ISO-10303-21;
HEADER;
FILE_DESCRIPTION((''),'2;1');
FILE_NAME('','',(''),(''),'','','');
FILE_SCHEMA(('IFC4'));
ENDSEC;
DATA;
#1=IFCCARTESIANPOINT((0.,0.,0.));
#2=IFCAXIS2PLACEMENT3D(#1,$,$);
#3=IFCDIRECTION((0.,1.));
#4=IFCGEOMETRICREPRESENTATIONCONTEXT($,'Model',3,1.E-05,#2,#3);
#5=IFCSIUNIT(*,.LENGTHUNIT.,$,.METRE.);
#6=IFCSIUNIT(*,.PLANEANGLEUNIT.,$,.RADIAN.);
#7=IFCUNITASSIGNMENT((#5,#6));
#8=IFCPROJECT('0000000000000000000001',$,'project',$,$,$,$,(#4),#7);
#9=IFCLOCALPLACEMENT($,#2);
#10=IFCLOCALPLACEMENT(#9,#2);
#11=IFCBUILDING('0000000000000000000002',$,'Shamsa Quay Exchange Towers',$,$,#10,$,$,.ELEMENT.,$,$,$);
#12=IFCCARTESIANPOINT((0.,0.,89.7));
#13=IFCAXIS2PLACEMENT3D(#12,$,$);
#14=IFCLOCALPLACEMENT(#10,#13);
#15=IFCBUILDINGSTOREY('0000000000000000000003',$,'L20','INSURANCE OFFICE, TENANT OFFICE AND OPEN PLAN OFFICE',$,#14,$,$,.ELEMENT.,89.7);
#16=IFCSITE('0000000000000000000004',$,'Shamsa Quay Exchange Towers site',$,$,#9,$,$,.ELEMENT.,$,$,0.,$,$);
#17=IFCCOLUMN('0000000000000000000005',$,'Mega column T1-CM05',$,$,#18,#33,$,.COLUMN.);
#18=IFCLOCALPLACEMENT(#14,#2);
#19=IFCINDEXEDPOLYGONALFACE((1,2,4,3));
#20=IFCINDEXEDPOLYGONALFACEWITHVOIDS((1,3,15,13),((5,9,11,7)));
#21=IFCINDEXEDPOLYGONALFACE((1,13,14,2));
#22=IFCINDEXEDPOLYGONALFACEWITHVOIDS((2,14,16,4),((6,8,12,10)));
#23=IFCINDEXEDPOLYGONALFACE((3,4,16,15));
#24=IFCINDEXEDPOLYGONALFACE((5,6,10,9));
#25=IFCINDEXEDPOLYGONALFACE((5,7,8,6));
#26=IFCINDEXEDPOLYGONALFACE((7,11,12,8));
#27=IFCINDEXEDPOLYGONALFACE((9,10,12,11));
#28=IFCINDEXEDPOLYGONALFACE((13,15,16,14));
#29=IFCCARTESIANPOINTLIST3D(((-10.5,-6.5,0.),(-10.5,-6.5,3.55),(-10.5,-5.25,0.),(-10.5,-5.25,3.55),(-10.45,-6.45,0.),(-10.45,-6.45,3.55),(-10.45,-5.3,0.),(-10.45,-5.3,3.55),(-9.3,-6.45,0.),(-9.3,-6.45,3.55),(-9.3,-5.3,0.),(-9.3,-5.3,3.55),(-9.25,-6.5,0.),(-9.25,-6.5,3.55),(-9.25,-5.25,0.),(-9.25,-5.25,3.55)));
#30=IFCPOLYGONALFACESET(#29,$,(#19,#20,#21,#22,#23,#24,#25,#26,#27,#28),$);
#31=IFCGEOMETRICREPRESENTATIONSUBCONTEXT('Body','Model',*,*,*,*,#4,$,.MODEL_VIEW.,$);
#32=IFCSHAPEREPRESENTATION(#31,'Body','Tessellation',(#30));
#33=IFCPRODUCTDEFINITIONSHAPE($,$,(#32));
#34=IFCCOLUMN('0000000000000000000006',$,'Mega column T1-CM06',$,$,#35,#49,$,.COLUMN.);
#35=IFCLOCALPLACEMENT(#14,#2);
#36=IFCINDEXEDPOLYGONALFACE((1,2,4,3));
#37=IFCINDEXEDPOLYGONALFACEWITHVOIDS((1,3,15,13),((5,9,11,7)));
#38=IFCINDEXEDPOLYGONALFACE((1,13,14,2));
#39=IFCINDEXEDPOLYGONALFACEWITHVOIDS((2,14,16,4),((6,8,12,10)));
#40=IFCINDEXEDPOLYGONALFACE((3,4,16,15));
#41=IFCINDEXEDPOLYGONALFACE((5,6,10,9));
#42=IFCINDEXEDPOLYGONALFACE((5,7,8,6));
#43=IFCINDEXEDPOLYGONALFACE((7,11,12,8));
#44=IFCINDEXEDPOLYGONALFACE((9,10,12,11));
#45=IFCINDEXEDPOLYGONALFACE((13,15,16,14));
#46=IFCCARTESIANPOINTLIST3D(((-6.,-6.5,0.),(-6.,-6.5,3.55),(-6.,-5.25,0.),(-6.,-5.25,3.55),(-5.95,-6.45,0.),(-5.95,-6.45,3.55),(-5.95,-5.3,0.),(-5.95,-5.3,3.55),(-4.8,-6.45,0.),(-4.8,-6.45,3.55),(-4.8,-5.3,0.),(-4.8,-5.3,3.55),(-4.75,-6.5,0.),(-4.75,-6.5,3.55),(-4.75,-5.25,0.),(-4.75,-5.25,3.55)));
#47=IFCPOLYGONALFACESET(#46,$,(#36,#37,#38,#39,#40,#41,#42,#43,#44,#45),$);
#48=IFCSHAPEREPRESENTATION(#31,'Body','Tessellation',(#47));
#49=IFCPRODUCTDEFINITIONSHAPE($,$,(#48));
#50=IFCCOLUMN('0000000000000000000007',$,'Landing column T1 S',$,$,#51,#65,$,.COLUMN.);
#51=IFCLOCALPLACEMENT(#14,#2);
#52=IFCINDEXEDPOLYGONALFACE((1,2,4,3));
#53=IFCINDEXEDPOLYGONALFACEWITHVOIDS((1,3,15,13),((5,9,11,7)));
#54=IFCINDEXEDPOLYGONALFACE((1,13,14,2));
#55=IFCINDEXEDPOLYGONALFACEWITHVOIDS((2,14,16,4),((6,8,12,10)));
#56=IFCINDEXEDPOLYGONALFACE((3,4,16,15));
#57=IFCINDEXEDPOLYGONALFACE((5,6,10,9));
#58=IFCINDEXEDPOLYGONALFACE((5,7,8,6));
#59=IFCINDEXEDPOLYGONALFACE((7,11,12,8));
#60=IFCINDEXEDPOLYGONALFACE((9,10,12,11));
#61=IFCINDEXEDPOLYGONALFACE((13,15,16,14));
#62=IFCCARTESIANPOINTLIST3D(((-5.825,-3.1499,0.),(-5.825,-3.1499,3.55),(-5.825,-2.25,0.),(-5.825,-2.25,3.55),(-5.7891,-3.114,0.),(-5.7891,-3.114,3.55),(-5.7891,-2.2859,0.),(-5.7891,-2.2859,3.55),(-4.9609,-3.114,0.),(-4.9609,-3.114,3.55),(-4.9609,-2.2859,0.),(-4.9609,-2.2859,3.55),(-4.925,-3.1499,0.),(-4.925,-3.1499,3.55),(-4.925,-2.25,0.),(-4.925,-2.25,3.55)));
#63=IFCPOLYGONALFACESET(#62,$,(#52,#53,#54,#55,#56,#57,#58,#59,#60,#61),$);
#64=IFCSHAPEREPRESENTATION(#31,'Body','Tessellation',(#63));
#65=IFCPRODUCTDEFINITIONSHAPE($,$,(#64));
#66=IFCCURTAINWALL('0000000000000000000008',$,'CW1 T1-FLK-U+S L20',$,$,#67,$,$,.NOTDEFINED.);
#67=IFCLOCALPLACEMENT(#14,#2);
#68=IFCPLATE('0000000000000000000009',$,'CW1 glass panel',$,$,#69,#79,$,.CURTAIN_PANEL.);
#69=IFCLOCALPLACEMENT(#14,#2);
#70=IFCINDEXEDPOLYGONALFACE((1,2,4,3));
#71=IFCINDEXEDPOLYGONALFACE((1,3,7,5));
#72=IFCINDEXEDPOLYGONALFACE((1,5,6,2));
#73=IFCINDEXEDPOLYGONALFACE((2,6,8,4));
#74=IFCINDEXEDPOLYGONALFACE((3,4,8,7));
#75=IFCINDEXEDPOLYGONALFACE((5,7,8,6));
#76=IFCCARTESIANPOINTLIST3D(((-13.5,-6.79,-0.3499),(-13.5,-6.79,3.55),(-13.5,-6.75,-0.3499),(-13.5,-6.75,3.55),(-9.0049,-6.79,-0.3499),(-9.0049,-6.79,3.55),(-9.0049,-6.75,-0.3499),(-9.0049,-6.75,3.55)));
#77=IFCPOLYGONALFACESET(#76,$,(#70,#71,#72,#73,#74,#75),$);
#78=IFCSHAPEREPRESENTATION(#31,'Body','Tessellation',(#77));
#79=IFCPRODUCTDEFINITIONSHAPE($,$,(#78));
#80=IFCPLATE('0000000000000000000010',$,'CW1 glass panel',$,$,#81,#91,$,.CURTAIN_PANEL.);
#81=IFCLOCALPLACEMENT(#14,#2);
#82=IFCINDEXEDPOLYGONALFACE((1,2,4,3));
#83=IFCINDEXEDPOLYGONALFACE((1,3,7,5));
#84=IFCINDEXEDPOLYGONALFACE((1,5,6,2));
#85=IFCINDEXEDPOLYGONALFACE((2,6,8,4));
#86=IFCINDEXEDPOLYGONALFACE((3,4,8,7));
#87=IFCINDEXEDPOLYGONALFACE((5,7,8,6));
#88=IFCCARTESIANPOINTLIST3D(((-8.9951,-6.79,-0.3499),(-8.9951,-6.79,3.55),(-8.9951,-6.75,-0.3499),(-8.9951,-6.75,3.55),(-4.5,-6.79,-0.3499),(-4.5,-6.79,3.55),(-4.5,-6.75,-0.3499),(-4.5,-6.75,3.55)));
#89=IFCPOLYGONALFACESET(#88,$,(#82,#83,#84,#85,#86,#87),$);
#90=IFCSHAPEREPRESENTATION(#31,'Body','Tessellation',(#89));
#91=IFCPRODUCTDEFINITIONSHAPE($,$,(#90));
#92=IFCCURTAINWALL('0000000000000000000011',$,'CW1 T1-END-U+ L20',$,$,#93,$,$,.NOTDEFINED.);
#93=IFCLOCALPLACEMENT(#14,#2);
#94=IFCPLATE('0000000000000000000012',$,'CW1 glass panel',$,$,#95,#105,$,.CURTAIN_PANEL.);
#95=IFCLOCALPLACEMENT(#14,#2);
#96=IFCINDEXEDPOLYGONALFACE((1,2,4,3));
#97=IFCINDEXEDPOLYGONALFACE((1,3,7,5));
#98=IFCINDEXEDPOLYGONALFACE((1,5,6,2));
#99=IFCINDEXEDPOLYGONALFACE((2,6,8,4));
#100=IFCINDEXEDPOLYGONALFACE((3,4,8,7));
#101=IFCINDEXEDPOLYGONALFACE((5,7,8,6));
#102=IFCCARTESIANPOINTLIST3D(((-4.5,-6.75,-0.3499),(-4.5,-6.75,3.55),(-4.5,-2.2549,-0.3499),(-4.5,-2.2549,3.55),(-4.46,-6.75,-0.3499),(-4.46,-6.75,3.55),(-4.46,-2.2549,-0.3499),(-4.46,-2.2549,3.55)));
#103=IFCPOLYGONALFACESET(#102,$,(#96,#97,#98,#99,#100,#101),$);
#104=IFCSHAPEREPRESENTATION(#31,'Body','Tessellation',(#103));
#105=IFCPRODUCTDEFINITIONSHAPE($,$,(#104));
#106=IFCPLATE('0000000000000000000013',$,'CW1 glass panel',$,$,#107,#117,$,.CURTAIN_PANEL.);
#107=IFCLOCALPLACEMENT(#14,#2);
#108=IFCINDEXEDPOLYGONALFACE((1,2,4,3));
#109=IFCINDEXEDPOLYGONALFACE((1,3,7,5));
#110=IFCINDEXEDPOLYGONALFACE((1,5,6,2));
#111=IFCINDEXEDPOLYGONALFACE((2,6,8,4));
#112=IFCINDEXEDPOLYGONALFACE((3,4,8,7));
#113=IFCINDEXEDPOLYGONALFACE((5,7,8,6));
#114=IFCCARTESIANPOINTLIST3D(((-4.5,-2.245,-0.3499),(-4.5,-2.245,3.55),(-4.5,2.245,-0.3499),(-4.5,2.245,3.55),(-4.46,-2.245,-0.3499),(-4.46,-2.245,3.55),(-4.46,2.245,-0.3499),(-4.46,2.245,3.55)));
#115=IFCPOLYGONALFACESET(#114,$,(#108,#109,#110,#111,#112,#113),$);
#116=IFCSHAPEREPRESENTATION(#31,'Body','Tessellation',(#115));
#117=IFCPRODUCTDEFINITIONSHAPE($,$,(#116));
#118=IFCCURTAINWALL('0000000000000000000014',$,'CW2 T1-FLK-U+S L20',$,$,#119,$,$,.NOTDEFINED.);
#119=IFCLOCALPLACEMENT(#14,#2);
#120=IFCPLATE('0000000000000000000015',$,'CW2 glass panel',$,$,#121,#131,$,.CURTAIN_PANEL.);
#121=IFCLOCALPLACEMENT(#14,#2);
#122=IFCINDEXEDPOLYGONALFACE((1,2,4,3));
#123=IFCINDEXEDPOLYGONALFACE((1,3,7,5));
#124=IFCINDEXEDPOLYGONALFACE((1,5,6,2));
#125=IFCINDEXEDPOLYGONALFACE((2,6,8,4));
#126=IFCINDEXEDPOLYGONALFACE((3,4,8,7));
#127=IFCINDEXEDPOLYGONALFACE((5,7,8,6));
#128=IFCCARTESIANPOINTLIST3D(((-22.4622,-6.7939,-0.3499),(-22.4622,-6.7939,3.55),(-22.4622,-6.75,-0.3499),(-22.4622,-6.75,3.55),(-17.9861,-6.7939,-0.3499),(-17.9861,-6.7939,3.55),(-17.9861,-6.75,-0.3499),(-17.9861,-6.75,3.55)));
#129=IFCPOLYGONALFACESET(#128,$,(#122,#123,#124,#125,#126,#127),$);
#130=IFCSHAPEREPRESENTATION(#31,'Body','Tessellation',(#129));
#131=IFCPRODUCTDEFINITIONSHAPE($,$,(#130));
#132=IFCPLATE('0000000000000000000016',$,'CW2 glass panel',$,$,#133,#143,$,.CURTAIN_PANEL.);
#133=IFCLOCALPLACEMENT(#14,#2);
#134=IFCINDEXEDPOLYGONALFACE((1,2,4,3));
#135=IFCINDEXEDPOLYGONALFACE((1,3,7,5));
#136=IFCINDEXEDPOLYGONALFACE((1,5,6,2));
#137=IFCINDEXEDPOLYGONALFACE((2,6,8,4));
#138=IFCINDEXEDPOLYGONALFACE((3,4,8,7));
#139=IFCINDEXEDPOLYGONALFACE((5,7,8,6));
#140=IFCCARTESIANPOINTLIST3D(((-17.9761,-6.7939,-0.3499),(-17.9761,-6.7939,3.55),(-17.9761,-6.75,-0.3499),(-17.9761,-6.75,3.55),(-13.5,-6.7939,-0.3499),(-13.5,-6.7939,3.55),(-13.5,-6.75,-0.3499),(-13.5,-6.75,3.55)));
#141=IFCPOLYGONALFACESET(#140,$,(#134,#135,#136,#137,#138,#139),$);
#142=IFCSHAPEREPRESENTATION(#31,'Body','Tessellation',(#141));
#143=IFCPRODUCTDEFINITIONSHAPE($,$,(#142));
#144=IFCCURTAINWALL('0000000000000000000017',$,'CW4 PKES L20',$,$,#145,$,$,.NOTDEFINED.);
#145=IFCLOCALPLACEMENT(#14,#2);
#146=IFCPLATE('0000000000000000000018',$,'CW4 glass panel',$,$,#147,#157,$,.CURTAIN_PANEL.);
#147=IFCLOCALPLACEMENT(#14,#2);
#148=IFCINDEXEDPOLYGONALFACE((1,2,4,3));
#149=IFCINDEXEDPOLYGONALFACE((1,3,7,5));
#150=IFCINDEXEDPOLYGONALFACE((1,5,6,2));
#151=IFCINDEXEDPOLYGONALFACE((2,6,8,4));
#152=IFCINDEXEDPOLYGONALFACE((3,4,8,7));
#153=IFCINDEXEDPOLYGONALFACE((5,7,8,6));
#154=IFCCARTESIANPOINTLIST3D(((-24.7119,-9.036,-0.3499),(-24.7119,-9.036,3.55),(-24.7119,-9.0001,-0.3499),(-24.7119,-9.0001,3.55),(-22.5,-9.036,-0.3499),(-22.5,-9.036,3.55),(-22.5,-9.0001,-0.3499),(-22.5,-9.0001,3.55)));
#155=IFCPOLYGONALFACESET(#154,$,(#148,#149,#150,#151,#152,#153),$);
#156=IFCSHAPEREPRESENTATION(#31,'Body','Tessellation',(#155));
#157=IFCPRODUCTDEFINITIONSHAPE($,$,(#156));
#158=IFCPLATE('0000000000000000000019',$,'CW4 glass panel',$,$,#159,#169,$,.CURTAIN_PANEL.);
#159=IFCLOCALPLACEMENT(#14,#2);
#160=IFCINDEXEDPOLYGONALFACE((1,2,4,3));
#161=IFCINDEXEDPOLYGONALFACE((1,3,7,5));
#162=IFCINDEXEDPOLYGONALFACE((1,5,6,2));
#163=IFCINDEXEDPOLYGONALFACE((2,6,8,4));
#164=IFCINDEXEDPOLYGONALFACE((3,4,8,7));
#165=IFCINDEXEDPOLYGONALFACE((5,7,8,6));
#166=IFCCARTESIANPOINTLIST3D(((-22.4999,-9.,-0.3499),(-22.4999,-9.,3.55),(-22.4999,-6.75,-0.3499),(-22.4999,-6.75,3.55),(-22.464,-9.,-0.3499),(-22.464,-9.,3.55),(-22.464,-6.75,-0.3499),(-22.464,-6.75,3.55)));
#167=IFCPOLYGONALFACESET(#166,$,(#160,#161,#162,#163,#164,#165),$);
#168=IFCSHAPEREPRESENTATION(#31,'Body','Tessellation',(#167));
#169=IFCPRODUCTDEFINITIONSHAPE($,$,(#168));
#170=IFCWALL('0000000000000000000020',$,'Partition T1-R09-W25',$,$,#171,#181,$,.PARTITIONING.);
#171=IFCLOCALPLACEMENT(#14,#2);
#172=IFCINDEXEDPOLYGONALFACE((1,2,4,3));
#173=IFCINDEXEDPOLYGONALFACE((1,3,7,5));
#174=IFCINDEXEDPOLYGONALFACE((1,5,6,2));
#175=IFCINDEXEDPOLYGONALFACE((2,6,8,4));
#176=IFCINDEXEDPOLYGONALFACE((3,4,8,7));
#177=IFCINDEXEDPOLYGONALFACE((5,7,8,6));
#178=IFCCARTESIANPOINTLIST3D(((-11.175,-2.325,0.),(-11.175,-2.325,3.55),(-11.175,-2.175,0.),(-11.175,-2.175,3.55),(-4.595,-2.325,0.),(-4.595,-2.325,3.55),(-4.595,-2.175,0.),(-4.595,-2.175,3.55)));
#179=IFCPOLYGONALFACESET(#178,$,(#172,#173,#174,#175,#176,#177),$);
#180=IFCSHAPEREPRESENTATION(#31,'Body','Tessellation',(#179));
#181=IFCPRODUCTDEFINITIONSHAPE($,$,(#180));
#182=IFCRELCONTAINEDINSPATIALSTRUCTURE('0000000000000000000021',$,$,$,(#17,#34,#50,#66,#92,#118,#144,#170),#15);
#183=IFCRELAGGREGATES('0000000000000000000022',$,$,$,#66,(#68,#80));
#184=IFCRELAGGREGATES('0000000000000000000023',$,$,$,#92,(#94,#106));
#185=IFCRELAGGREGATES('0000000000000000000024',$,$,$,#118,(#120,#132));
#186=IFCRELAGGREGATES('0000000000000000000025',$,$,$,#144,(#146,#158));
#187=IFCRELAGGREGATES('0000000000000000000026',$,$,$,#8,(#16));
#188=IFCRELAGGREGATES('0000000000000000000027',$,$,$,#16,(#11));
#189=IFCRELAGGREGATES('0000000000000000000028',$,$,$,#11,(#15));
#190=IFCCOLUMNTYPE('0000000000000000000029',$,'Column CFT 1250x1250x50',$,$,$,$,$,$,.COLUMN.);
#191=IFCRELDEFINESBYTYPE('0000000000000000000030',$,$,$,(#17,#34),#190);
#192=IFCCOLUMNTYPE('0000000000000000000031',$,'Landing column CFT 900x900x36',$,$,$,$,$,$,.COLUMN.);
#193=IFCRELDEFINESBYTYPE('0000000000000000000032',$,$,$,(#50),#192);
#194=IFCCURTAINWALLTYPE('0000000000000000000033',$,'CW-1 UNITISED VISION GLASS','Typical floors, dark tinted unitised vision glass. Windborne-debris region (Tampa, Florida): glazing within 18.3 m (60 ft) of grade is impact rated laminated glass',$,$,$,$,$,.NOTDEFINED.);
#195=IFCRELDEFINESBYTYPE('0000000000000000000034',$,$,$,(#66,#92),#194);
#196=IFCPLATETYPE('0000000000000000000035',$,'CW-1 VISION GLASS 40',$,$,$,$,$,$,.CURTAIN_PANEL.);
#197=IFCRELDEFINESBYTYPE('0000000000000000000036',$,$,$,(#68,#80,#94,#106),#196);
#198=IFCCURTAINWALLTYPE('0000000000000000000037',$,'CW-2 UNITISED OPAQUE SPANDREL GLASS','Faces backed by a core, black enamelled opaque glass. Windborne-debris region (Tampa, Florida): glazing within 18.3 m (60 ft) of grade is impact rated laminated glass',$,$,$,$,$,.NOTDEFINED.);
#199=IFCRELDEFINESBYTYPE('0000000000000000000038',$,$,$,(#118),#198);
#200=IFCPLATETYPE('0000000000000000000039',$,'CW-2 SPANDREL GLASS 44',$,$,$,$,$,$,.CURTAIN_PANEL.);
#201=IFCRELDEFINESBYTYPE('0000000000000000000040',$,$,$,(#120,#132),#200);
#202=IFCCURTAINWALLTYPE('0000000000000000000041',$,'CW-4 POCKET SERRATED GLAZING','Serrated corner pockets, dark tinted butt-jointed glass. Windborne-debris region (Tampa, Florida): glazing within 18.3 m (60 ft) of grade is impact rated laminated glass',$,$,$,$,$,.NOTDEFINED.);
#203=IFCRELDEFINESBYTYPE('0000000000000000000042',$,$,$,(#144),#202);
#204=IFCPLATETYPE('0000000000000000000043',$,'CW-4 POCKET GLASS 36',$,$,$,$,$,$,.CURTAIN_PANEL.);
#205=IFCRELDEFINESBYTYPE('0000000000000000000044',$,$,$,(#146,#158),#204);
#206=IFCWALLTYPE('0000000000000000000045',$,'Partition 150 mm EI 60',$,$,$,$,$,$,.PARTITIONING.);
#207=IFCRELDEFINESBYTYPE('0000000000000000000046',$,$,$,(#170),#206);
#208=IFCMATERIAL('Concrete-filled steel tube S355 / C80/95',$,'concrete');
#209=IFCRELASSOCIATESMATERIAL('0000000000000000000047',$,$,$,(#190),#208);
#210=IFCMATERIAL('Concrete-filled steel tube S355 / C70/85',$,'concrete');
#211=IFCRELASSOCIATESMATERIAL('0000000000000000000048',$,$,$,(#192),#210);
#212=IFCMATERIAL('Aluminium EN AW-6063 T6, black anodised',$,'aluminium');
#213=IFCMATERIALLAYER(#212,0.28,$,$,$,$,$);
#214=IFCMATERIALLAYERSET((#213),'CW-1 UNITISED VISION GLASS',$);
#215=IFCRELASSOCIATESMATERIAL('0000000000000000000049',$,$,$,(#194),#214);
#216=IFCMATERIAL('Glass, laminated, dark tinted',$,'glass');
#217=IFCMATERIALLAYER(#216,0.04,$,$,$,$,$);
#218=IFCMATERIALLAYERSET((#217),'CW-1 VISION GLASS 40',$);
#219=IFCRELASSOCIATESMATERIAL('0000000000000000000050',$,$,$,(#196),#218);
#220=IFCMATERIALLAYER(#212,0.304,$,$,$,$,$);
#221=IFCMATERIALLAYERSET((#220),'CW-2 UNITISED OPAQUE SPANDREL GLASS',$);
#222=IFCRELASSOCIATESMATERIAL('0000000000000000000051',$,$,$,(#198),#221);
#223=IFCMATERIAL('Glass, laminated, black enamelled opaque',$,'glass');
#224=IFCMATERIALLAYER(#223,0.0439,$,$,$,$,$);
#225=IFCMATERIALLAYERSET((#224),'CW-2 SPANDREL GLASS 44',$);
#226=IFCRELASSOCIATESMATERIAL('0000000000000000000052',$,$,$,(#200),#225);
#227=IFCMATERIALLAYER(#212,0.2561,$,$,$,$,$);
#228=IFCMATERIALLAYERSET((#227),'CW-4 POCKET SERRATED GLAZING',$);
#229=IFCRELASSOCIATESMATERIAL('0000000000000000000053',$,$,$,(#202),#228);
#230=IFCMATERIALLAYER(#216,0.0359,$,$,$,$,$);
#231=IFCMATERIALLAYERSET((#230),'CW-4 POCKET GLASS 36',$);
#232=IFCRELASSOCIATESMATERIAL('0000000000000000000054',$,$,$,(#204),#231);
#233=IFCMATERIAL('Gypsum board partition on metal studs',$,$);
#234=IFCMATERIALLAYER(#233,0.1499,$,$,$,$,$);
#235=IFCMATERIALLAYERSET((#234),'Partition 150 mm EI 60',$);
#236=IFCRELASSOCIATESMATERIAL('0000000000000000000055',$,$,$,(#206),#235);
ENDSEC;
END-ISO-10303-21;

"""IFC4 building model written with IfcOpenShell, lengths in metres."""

from ifc_helpers import new_model, si_unit, direction, frame, frame_2d, origin, origin_2d, place, context, subcontext, project, spatial, rectangle, hollow_rectangle, extrude, material, layer, layer_set, material_profile, profile_set, type_object, element, aggregate, save


model = new_model("IFC4")

# Units and contexts
model_context = context("Model", 3, precision=1e-05, world=origin(), true_north=direction((0.0, 1.0)))
body_context = subcontext(model_context, "Body", "Model", "MODEL_VIEW")
ifc_project = project(units=[si_unit("LENGTHUNIT", "METRE"), si_unit("PLANEANGLEUNIT", "RADIAN")], contexts=[model_context])

# Site, building, storey
site_placement = place(None, origin())
site = spatial("IfcSite", under=ifc_project, at=site_placement, Name="Shamsa Quay Exchange Towers site", CompositionType="ELEMENT", RefElevation=0.0)
building_placement = place(site_placement, origin())
building = spatial("IfcBuilding", under=site, at=building_placement, Name="Shamsa Quay Exchange Towers", CompositionType="ELEMENT")
storey_placement = place(building_placement, frame((0.0, 0.0, 89.7)))
storey = spatial("IfcBuildingStorey", under=building, at=storey_placement, Name="L20", Description="INSURANCE OFFICE, TENANT OFFICE AND OPEN PLAN OFFICE", CompositionType="ELEMENT", Elevation=89.7)

# Columns
ifc_material_1 = material(Name="Concrete-filled steel tube S355 / C80/95", Category="concrete")
ifc_material_profile_1 = material_profile(ifc_material_1, hollow_rectangle(XDim=1.25, YDim=1.25, WallThickness=0.05, at=origin_2d()), Name="CFT 1250x1250x50")
ifc_profile_set_1 = profile_set([ifc_material_profile_1], Name="Concrete-filled steel tube S355 / C80/95")
column_type_1 = type_object("IfcColumnType", Name="Column CFT 1250x1250x50", PredefinedType="COLUMN", material=ifc_profile_set_1)
for number, where, name in (
    (1, (-9.875, -5.875, 0.0), "Mega column T1-CM05"),
    (2, (-5.375, -5.875, 0.0), "Mega column T1-CM06"),
):
    element("IfcColumn", number, at=place(storey_placement, frame(where)), inside=storey, type_object=column_type_1, Name=name, PredefinedType="COLUMN", context=body_context, shape_type="SweptSolid", body=[
        extrude(hollow_rectangle(XDim=1.25, YDim=1.25, WallThickness=0.05, at=origin_2d()), origin(), (0.0, 0.0, 1.0), 3.55),
    ])
ifc_material_2 = material(Name="Concrete-filled steel tube S355 / C70/85", Category="concrete")
ifc_material_profile_2 = material_profile(ifc_material_2, hollow_rectangle(XDim=0.8999, YDim=0.8999, WallThickness=0.0359, at=origin_2d()), Name="CFT 900x900x36")
ifc_profile_set_2 = profile_set([ifc_material_profile_2], Name="Concrete-filled steel tube S355 / C70/85")
column_type_2 = type_object("IfcColumnType", Name="Landing column CFT 900x900x36", PredefinedType="COLUMN", material=ifc_profile_set_2)
column_placement = place(storey_placement, frame((-5.375, -2.7, 0.0)))
element("IfcColumn", 3, at=column_placement, inside=storey, type_object=column_type_2, Name="Landing column T1 S", PredefinedType="COLUMN", context=body_context, shape_type="SweptSolid", body=[
    extrude(hollow_rectangle(XDim=0.8999, YDim=0.8999, WallThickness=0.0359, at=origin_2d()), origin(), (0.0, 0.0, 1.0), 3.55),
])

# Curtain walls, plates
ifc_material_3 = material(Name="Aluminium EN AW-6063 T6, black anodised", Category="aluminium")
ifc_layer_1 = layer(ifc_material_3, 0.28)
ifc_layer_set_1 = layer_set([ifc_layer_1], Name="CW-1 UNITISED VISION GLASS")
curtain_wall_type_1 = type_object("IfcCurtainWallType", Name="CW-1 UNITISED VISION GLASS", Description="Typical floors, dark tinted unitised vision glass. Windborne-debris region (Tampa, Florida): glazing within 18.3 m (60 ft) of grade is impact rated laminated glass", PredefinedType="NOTDEFINED", material=ifc_layer_set_1)
curtain_wall_1_placement = place(storey_placement, origin())
curtain_wall_1 = element("IfcCurtainWall", 4, at=curtain_wall_1_placement, inside=storey, type_object=curtain_wall_type_1, Name="CW1 T1-FLK-U+S L20", PredefinedType="NOTDEFINED")
ifc_material_4 = material(Name="Glass, laminated, dark tinted", Category="glass")
ifc_layer_2 = layer(ifc_material_4, 0.04)
ifc_layer_set_2 = layer_set([ifc_layer_2], Name="CW-1 VISION GLASS 40")
plate_type_1 = type_object("IfcPlateType", Name="CW-1 VISION GLASS 40", PredefinedType="CURTAIN_PANEL", material=ifc_layer_set_2)
plate_1_placement = place(storey_placement, frame((-11.2524, -6.77, -0.3499)))
plate_1 = element("IfcPlate", 5, at=plate_1_placement, type_object=plate_type_1, Name="CW1 glass panel", PredefinedType="CURTAIN_PANEL", context=body_context, shape_type="SweptSolid", body=[
    extrude(rectangle(XDim=4.4951, YDim=0.04, at=origin_2d()), origin(), (0.0, 0.0, 1.0), 3.8999),
])
plate_2_placement = place(storey_placement, frame((-6.7476, -6.77, -0.3499)))
plate_2 = element("IfcPlate", 6, at=plate_2_placement, type_object=plate_type_1, Name="CW1 glass panel", PredefinedType="CURTAIN_PANEL", context=body_context, shape_type="SweptSolid", body=[
    extrude(rectangle(XDim=4.4951, YDim=0.04, at=origin_2d()), origin(), (0.0, 0.0, 1.0), 3.8999),
])
aggregate(curtain_wall_1, [plate_1, plate_2])
curtain_wall_2_placement = place(storey_placement, origin())
curtain_wall_2 = element("IfcCurtainWall", 7, at=curtain_wall_2_placement, inside=storey, type_object=curtain_wall_type_1, Name="CW1 T1-END-U+ L20", PredefinedType="NOTDEFINED")
plate_3_placement = place(storey_placement, frame((-4.48, -4.5024, -0.3499), z_axis=(0.0, 0.0, 1.0), x_axis=(0.0, 1.0, 0.0)))
plate_3 = element("IfcPlate", 8, at=plate_3_placement, type_object=plate_type_1, Name="CW1 glass panel", PredefinedType="CURTAIN_PANEL", context=body_context, shape_type="SweptSolid", body=[
    extrude(rectangle(XDim=4.4951, YDim=0.04, at=origin_2d()), origin(), (0.0, 0.0, 1.0), 3.8999),
])
plate_4_placement = place(storey_placement, frame((-4.48, 0.0, -0.3499), z_axis=(0.0, 0.0, 1.0), x_axis=(0.0, 1.0, 0.0)))
plate_4 = element("IfcPlate", 9, at=plate_4_placement, type_object=plate_type_1, Name="CW1 glass panel", PredefinedType="CURTAIN_PANEL", context=body_context, shape_type="SweptSolid", body=[
    extrude(rectangle(XDim=4.49, YDim=0.04, at=origin_2d()), origin(), (0.0, 0.0, 1.0), 3.8999),
])
aggregate(curtain_wall_2, [plate_3, plate_4])
ifc_layer_3 = layer(ifc_material_3, 0.304)
ifc_layer_set_3 = layer_set([ifc_layer_3], Name="CW-2 UNITISED OPAQUE SPANDREL GLASS")
curtain_wall_type_2 = type_object("IfcCurtainWallType", Name="CW-2 UNITISED OPAQUE SPANDREL GLASS", Description="Faces backed by a core, black enamelled opaque glass. Windborne-debris region (Tampa, Florida): glazing within 18.3 m (60 ft) of grade is impact rated laminated glass", PredefinedType="NOTDEFINED", material=ifc_layer_set_3)
curtain_wall_3_placement = place(storey_placement, origin())
curtain_wall_3 = element("IfcCurtainWall", 10, at=curtain_wall_3_placement, inside=storey, type_object=curtain_wall_type_2, Name="CW2 T1-FLK-U+S L20", PredefinedType="NOTDEFINED")
ifc_material_5 = material(Name="Glass, laminated, black enamelled opaque", Category="glass")
ifc_layer_4 = layer(ifc_material_5, 0.0439)
ifc_layer_set_4 = layer_set([ifc_layer_4], Name="CW-2 SPANDREL GLASS 44")
plate_type_2 = type_object("IfcPlateType", Name="CW-2 SPANDREL GLASS 44", PredefinedType="CURTAIN_PANEL", material=ifc_layer_set_4)
plate_5_placement = place(storey_placement, frame((-20.2241, -6.772, -0.3499)))
plate_5 = element("IfcPlate", 11, at=plate_5_placement, type_object=plate_type_2, Name="CW2 glass panel", PredefinedType="CURTAIN_PANEL", context=body_context, shape_type="SweptSolid", body=[
    extrude(rectangle(XDim=4.4761, YDim=0.0439, at=origin_2d()), origin(), (0.0, 0.0, 1.0), 3.8999),
])
plate_6_placement = place(storey_placement, frame((-15.738, -6.772, -0.3499)))
plate_6 = element("IfcPlate", 12, at=plate_6_placement, type_object=plate_type_2, Name="CW2 glass panel", PredefinedType="CURTAIN_PANEL", context=body_context, shape_type="SweptSolid", body=[
    extrude(rectangle(XDim=4.4761, YDim=0.0439, at=origin_2d()), origin(), (0.0, 0.0, 1.0), 3.8999),
])
aggregate(curtain_wall_3, [plate_5, plate_6])
ifc_layer_5 = layer(ifc_material_3, 0.2561)
ifc_layer_set_5 = layer_set([ifc_layer_5], Name="CW-4 POCKET SERRATED GLAZING")
curtain_wall_type_3 = type_object("IfcCurtainWallType", Name="CW-4 POCKET SERRATED GLAZING", Description="Serrated corner pockets, dark tinted butt-jointed glass. Windborne-debris region (Tampa, Florida): glazing within 18.3 m (60 ft) of grade is impact rated laminated glass", PredefinedType="NOTDEFINED", material=ifc_layer_set_5)
curtain_wall_4_placement = place(storey_placement, origin())
curtain_wall_4 = element("IfcCurtainWall", 13, at=curtain_wall_4_placement, inside=storey, type_object=curtain_wall_type_3, Name="CW4 PKES L20", PredefinedType="NOTDEFINED")
ifc_layer_6 = layer(ifc_material_4, 0.0359)
ifc_layer_set_6 = layer_set([ifc_layer_6], Name="CW-4 POCKET GLASS 36")
plate_type_3 = type_object("IfcPlateType", Name="CW-4 POCKET GLASS 36", PredefinedType="CURTAIN_PANEL", material=ifc_layer_set_6)
plate_7_placement = place(storey_placement, frame((-23.606, -9.0181, -0.3499)))
plate_7 = element("IfcPlate", 14, at=plate_7_placement, type_object=plate_type_3, Name="CW4 glass panel", PredefinedType="CURTAIN_PANEL", context=body_context, shape_type="SweptSolid", body=[
    extrude(rectangle(XDim=2.2119, YDim=0.0359, at=origin_2d()), origin(), (0.0, 0.0, 1.0), 3.8999),
])
plate_8_placement = place(storey_placement, frame((-22.4819, -7.875, -0.3499), z_axis=(0.0, 0.0, 1.0), x_axis=(0.0, 1.0, 0.0)))
plate_8 = element("IfcPlate", 15, at=plate_8_placement, type_object=plate_type_3, Name="CW4 glass panel", PredefinedType="CURTAIN_PANEL", context=body_context, shape_type="SweptSolid", body=[
    extrude(rectangle(XDim=2.25, YDim=0.0359, at=origin_2d()), origin(), (0.0, 0.0, 1.0), 3.8999),
])
aggregate(curtain_wall_4, [plate_7, plate_8])

# Wall
ifc_material_6 = material(Name="Gypsum board partition on metal studs")
ifc_layer_7 = layer(ifc_material_6, 0.1499)
ifc_layer_set_7 = layer_set([ifc_layer_7], Name="Partition 150 mm EI 60")
wall_type_1 = type_object("IfcWallType", Name="Partition 150 mm EI 60", PredefinedType="PARTITIONING", material=ifc_layer_set_7)
wall_1_placement = place(storey_placement, frame((-4.595, -2.25, 0.0), z_axis=(0.0, 0.0, 1.0), x_axis=(-1.0, 0.0, 0.0)))
element("IfcWall", 16, at=wall_1_placement, inside=storey, type_object=wall_type_1, Name="Partition T1-R09-W25", PredefinedType="PARTITIONING", context=body_context, shape_type="SweptSolid", body=[
    extrude(rectangle(XDim=6.5801, YDim=0.1499, at=frame_2d((3.29, 0.0))), origin(), (0.0, 0.0, 1.0), 3.55),
])

save(model, "model.ifc")
